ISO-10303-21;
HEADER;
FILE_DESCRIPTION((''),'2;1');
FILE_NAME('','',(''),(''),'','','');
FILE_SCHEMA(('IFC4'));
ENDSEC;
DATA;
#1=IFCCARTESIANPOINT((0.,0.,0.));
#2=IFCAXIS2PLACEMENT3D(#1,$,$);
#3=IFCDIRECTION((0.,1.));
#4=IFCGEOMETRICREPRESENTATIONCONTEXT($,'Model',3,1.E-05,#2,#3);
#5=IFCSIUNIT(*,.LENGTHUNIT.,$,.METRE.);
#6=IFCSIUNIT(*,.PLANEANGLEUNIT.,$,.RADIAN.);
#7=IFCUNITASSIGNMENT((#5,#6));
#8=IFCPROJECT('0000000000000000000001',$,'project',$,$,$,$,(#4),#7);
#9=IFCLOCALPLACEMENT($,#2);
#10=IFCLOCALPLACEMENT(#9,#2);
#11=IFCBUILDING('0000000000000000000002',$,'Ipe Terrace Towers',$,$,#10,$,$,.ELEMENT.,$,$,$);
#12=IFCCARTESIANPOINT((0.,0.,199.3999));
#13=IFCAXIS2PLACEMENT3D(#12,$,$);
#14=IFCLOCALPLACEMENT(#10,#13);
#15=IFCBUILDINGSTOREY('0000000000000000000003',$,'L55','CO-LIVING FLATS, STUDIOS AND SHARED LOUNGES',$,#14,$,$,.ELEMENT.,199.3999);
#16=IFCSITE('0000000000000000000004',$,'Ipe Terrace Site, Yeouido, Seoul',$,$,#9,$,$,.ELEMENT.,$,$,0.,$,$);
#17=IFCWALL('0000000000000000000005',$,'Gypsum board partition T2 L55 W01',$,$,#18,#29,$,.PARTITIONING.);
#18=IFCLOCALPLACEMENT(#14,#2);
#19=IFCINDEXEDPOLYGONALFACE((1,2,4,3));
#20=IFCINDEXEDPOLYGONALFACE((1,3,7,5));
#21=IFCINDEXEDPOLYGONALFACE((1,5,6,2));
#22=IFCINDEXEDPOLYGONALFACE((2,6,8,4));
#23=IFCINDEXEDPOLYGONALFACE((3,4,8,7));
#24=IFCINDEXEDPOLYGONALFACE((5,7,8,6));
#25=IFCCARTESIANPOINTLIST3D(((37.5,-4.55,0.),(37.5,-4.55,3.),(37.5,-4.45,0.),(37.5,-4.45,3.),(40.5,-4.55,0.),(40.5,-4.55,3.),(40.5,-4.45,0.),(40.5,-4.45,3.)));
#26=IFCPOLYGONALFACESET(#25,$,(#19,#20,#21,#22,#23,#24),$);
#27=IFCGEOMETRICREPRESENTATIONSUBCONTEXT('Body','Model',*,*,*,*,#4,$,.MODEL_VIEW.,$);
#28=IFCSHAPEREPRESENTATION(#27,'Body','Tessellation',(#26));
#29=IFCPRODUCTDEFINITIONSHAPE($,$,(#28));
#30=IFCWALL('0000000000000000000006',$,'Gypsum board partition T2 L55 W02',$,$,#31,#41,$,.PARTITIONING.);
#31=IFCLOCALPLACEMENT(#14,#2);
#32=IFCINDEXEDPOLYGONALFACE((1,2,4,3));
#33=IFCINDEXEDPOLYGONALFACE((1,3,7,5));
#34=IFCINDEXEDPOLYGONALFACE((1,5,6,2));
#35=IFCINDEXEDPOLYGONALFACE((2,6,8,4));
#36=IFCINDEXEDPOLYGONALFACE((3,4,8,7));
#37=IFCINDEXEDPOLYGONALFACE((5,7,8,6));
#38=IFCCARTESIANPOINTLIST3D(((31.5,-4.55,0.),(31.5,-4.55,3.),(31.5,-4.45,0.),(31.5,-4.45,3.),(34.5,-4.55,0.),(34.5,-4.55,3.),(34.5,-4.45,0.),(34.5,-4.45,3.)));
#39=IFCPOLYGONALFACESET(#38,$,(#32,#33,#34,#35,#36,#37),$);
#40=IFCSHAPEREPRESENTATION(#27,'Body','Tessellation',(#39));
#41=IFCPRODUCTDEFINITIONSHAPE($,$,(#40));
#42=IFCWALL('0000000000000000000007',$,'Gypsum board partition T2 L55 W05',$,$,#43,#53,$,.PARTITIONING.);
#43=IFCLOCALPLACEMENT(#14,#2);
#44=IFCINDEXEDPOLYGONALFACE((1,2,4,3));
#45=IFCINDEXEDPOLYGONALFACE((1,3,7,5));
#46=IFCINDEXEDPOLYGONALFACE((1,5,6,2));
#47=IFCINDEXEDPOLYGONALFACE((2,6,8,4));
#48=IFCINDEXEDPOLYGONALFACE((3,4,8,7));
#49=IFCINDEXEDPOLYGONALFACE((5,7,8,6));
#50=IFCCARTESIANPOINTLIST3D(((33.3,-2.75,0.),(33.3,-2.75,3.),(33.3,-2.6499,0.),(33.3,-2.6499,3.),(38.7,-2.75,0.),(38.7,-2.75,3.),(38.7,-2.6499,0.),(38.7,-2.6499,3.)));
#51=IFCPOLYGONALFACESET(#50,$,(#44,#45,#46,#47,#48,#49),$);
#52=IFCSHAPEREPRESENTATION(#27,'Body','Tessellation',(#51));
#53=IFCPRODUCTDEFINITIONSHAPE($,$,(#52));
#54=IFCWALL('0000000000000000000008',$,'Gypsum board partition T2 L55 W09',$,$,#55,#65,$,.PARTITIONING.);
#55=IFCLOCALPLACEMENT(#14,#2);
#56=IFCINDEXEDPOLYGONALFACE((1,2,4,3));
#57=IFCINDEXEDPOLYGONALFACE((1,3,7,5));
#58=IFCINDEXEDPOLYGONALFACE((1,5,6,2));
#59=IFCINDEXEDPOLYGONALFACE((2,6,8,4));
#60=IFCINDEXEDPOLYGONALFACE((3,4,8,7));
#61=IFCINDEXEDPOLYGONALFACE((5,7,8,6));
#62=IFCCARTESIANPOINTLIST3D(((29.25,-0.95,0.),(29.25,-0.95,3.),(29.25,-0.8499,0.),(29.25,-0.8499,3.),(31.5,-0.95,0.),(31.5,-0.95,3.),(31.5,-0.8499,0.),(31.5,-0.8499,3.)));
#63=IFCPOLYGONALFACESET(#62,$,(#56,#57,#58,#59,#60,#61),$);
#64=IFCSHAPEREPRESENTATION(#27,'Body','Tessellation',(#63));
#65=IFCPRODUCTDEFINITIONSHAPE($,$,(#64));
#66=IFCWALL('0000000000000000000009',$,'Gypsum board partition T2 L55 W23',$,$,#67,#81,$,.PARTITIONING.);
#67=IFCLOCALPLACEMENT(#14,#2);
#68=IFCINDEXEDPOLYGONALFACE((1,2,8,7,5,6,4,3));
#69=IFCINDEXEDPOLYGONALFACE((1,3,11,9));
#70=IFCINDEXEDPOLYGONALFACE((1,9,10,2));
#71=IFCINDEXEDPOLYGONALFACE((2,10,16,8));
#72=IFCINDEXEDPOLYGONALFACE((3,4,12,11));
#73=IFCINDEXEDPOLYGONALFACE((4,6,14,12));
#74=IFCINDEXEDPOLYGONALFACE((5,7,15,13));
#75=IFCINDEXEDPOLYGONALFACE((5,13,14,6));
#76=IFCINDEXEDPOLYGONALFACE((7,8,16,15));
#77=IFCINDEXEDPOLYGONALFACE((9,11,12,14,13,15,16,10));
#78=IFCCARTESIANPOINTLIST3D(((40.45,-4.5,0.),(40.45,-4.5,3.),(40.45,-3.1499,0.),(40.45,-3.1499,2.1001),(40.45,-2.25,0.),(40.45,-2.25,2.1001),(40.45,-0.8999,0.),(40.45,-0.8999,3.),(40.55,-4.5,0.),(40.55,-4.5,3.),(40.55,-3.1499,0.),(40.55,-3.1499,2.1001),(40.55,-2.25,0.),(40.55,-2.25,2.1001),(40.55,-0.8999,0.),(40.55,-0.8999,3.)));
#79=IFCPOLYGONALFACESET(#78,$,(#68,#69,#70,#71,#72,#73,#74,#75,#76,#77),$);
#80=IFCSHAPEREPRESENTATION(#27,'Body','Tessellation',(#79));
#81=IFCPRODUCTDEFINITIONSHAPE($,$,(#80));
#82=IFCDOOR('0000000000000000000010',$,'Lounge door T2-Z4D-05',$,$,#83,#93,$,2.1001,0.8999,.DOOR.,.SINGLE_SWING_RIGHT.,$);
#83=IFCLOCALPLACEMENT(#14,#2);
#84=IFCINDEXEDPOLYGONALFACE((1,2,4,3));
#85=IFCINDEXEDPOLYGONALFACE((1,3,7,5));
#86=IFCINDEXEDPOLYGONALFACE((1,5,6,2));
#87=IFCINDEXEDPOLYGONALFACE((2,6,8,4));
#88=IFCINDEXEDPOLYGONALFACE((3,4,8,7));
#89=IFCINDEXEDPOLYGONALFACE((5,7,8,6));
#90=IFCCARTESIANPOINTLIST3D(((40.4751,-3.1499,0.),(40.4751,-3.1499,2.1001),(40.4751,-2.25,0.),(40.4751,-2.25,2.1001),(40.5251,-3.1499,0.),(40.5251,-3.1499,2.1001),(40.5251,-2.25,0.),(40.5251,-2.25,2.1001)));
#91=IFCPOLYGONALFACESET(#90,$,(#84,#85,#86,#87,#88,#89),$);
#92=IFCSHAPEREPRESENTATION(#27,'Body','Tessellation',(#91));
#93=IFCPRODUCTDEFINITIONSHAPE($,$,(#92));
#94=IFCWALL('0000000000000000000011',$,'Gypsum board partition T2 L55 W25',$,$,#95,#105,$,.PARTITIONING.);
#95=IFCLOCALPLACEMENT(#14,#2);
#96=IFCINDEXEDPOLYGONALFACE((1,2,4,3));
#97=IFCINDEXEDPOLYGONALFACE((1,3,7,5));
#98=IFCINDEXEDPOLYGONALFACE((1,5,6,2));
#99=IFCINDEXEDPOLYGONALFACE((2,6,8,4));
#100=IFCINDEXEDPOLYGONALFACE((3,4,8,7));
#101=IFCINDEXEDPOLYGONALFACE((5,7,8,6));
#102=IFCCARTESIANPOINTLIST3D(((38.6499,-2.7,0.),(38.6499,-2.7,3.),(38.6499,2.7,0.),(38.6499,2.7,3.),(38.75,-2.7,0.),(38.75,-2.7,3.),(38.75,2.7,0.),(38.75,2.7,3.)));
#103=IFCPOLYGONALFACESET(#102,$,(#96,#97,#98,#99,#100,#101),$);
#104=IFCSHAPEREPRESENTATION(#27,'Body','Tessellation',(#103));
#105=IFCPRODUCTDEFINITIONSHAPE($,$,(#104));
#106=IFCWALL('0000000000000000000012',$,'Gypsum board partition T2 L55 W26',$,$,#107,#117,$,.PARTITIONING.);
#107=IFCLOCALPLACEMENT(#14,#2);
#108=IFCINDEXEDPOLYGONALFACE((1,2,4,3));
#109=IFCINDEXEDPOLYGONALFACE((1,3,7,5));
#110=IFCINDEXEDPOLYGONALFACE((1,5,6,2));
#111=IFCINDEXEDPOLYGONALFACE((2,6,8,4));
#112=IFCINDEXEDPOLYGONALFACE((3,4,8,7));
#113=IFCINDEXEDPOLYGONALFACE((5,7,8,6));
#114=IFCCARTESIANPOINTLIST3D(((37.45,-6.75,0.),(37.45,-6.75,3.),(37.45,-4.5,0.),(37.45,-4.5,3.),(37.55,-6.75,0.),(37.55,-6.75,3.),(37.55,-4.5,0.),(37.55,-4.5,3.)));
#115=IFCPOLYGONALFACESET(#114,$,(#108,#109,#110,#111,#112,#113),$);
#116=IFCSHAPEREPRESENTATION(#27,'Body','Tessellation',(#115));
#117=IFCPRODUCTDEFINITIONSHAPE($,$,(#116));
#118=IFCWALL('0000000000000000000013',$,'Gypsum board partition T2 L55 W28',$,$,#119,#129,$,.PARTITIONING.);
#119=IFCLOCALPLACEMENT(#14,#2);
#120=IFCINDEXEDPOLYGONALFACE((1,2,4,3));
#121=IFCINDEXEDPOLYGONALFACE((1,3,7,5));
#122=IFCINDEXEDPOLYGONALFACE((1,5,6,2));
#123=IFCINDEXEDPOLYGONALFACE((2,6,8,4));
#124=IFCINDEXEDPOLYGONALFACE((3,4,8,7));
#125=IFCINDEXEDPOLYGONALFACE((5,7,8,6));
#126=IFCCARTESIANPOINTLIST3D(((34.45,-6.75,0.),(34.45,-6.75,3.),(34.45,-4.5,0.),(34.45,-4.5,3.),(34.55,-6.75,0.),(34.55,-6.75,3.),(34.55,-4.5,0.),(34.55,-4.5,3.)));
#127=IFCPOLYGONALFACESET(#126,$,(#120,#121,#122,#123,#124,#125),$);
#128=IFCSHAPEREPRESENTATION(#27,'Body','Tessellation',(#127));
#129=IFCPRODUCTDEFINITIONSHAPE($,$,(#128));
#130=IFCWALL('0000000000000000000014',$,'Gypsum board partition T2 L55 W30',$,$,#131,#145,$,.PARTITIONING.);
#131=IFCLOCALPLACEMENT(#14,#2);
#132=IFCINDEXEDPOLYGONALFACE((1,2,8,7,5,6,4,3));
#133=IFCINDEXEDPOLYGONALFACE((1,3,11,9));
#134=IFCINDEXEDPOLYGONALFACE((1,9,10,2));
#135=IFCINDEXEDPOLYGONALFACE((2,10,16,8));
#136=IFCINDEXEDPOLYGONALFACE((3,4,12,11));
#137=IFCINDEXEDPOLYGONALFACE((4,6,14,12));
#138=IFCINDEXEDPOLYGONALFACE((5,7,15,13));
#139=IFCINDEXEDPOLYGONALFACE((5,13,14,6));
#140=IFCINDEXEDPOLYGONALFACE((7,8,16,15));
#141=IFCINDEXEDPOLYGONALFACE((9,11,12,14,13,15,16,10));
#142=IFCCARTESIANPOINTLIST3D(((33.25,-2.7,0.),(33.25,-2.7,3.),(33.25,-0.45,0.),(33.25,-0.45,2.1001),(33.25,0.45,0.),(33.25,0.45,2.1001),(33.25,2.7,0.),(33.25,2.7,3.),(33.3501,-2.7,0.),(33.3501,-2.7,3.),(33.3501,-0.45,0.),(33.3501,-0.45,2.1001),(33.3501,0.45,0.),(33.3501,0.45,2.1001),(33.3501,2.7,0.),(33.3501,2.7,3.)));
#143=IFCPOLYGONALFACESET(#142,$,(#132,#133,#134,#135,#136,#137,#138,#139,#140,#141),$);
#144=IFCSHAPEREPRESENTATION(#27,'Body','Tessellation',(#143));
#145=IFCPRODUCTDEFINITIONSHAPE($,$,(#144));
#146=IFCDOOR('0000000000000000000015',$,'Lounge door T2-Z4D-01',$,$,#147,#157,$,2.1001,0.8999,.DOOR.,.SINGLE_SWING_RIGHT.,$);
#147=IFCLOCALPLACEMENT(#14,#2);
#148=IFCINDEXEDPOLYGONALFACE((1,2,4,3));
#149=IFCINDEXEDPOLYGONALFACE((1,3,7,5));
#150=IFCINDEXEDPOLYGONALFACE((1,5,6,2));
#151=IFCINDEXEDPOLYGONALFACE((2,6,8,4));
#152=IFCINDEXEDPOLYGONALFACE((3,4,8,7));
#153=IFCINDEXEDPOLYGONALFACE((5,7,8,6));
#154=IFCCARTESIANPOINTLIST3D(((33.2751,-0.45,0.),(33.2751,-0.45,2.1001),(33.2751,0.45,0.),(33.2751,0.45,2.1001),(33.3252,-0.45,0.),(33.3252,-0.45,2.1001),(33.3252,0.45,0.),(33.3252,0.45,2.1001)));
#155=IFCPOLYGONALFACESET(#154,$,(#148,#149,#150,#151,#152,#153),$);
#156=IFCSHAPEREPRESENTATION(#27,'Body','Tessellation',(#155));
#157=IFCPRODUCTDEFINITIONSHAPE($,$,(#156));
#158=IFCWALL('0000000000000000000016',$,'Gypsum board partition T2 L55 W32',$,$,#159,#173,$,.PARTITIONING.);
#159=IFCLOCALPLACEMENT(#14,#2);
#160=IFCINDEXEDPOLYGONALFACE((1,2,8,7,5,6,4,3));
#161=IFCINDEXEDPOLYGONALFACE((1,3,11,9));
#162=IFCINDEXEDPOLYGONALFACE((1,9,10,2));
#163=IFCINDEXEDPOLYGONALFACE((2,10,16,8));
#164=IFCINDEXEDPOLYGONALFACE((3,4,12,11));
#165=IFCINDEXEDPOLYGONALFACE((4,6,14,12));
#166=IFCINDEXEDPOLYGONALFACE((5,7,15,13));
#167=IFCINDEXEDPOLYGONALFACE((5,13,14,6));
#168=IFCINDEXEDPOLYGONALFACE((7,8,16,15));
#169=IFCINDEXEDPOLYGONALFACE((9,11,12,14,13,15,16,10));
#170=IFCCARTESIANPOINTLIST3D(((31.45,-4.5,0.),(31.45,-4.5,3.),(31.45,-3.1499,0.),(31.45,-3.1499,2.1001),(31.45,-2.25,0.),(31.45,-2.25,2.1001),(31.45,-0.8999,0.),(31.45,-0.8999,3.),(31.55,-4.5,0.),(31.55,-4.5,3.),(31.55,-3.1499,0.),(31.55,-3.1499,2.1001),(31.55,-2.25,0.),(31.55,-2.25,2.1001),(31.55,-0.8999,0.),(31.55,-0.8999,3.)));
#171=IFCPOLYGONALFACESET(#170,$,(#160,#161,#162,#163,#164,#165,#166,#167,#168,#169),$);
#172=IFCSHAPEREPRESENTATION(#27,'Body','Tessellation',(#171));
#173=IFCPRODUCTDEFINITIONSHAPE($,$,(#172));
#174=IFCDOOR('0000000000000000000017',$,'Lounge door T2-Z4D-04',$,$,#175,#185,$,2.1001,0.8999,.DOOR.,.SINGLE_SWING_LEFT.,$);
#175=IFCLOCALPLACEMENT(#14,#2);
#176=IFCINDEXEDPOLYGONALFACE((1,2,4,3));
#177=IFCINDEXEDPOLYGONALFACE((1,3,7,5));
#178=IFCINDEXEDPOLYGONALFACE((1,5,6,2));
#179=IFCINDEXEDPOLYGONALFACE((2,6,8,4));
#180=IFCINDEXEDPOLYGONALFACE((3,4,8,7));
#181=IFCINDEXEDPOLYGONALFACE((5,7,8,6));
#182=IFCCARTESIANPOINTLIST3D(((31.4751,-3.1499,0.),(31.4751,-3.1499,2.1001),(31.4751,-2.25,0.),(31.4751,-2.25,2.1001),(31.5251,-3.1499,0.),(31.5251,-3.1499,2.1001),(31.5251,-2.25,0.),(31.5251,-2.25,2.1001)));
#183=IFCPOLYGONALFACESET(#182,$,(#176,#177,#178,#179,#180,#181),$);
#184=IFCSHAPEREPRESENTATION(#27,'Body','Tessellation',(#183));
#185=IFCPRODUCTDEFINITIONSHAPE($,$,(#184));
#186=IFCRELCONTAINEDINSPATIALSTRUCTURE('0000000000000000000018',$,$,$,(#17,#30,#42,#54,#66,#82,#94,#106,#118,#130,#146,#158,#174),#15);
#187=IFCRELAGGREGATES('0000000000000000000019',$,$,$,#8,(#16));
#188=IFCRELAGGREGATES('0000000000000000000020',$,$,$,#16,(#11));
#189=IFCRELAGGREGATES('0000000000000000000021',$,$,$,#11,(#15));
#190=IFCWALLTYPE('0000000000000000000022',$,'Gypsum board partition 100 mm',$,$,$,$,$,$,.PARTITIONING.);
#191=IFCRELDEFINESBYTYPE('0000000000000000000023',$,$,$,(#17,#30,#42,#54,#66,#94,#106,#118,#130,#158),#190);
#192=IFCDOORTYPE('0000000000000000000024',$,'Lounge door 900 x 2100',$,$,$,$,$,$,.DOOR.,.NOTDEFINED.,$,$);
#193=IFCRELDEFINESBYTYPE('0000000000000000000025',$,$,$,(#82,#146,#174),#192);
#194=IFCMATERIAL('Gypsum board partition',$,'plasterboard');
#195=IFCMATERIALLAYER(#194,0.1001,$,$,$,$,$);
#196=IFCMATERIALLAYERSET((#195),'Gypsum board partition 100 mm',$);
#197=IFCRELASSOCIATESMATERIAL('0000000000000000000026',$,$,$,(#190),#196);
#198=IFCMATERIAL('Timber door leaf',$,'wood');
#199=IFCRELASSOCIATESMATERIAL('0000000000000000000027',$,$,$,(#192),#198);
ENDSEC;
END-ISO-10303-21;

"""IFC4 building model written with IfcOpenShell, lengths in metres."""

from ifc_helpers import new_model, si_unit, direction, frame, frame_2d, origin, place, context, subcontext, project, spatial, rectangle, extrude, material, layer, layer_set, type_object, element, fill, save


model = new_model("IFC4")

# Units and contexts
model_context = context("Model", 3, precision=1e-05, world=origin(), true_north=direction((0.0, 1.0)))
body_context = subcontext(model_context, "Body", "Model", "MODEL_VIEW")
ifc_project = project(units=[si_unit("LENGTHUNIT", "METRE"), si_unit("PLANEANGLEUNIT", "RADIAN")], contexts=[model_context])

# Site, building, storey
site_placement = place(None, origin())
site = spatial("IfcSite", under=ifc_project, at=site_placement, Name="Ipe Terrace Site, Yeouido, Seoul", CompositionType="ELEMENT", RefElevation=0.0)
building_placement = place(site_placement, origin())
building = spatial("IfcBuilding", under=site, at=building_placement, Name="Ipe Terrace Towers", CompositionType="ELEMENT")
storey_placement = place(building_placement, frame((0.0, 0.0, 199.3999)))
storey = spatial("IfcBuildingStorey", under=building, at=storey_placement, Name="L55", Description="CO-LIVING FLATS, STUDIOS AND SHARED LOUNGES", CompositionType="ELEMENT", Elevation=199.3999)

# Walls
ifc_material_1 = material(Name="Gypsum board partition", Category="plasterboard")
ifc_layer_1 = layer(ifc_material_1, 0.1001)
ifc_layer_set_1 = layer_set([ifc_layer_1], Name="Gypsum board partition 100 mm")
wall_type_1 = type_object("IfcWallType", Name="Gypsum board partition 100 mm", PredefinedType="PARTITIONING", material=ifc_layer_set_1)
for number, where, z_axis, x_axis, name in (
    (1, (40.5, -4.5, 0.0), (0.0, 0.0, 1.0), (-1.0, 0.0, 0.0), "Gypsum board partition T2 L55 W01"),
    (2, (34.5, -4.5, 0.0), (0.0, 0.0, 1.0), (-1.0, 0.0, 0.0), "Gypsum board partition T2 L55 W02"),
):
    element("IfcWall", number, at=place(storey_placement, frame(where, z_axis=z_axis, x_axis=x_axis)), inside=storey, type_object=wall_type_1, Name=name, PredefinedType="PARTITIONING", context=body_context, shape_type="SweptSolid", body=[
        extrude(rectangle(XDim=3.0, YDim=0.1001, at=frame_2d((1.5, 0.0))), origin(), (0.0, 0.0, 1.0), 3.0),
    ])
wall_1_placement = place(storey_placement, frame((38.7, -2.7, 0.0), z_axis=(0.0, 0.0, 1.0), x_axis=(-1.0, 0.0, 0.0)))
element("IfcWall", 3, at=wall_1_placement, inside=storey, type_object=wall_type_1, Name="Gypsum board partition T2 L55 W05", PredefinedType="PARTITIONING", context=body_context, shape_type="SweptSolid", body=[
    extrude(rectangle(XDim=5.3999, YDim=0.1001, at=frame_2d((2.7, 0.0))), origin(), (0.0, 0.0, 1.0), 3.0),
])
wall_2_placement = place(storey_placement, frame((31.5, -0.8999, 0.0), z_axis=(0.0, 0.0, 1.0), x_axis=(-1.0, 0.0, 0.0)))
element("IfcWall", 4, at=wall_2_placement, inside=storey, type_object=wall_type_1, Name="Gypsum board partition T2 L55 W09", PredefinedType="PARTITIONING", context=body_context, shape_type="SweptSolid", body=[
    extrude(rectangle(XDim=2.25, YDim=0.1001, at=frame_2d((1.125, 0.0))), origin(), (0.0, 0.0, 1.0), 3.0),
])

# Wall, opening, door
wall_3_placement = place(storey_placement, frame((40.5, -4.5, 0.0), z_axis=(0.0, 0.0, 1.0), x_axis=(0.0, 1.0, 0.0)))
wall_3 = element("IfcWall", 5, at=wall_3_placement, inside=storey, type_object=wall_type_1, Name="Gypsum board partition T2 L55 W23", PredefinedType="PARTITIONING", context=body_context, shape_type="SweptSolid", body=[
    extrude(rectangle(XDim=3.6001, YDim=0.1001, at=frame_2d((1.8, 0.0))), origin(), (0.0, 0.0, 1.0), 3.0),
])
opening_1_placement = place(wall_3_placement, frame((1.3501, 0.0, 0.0)))
opening_1 = element("IfcOpeningElement", 6, at=opening_1_placement, cuts=wall_3, PredefinedType="OPENING", context=body_context, shape_type="SweptSolid", body=[
    extrude(rectangle(XDim=0.8999, YDim=2.1001, at=frame_2d((0.45, 1.05))), frame((0.0, 0.0601, 0.0), z_axis=(0.0, -1.0, 0.0), x_axis=(1.0, 0.0, 0.0)), (0.0, 0.0, 1.0), 0.1201),
])
ifc_material_2 = material(Name="Timber door leaf", Category="wood")
door_type_1 = type_object("IfcDoorType", Name="Lounge door 900 x 2100", OperationType="NOTDEFINED", PredefinedType="DOOR", material=ifc_material_2)
door_1_placement = place(opening_1_placement, origin())
door_1 = element("IfcDoor", 7, at=door_1_placement, inside=storey, type_object=door_type_1, Name="Lounge door T2-Z4D-05", OperationType="SINGLE_SWING_RIGHT", OverallHeight=2.1001, OverallWidth=0.8999, PredefinedType="DOOR", context=body_context, shape_type="SweptSolid", body=[
    extrude(rectangle(XDim=0.8999, YDim=2.1001, at=frame_2d((0.45, 1.05))), frame((0.0, 0.0249, 0.0), z_axis=(0.0, -1.0, 0.0), x_axis=(1.0, 0.0, 0.0)), (0.0, 0.0, 1.0), 0.05),
])
fill(opening_1, door_1)

# Walls
wall_4_placement = place(storey_placement, frame((38.7, -2.7, 0.0), z_axis=(0.0, 0.0, 1.0), x_axis=(0.0, 1.0, 0.0)))
element("IfcWall", 8, at=wall_4_placement, inside=storey, type_object=wall_type_1, Name="Gypsum board partition T2 L55 W25", PredefinedType="PARTITIONING", context=body_context, shape_type="SweptSolid", body=[
    extrude(rectangle(XDim=5.3999, YDim=0.1001, at=frame_2d((2.7, 0.0))), origin(), (0.0, 0.0, 1.0), 3.0),
])
for number, where, z_axis, x_axis, name in (
    (9, (37.5, -6.75, 0.0), (0.0, 0.0, 1.0), (0.0, 1.0, 0.0), "Gypsum board partition T2 L55 W26"),
    (10, (34.5, -6.75, 0.0), (0.0, 0.0, 1.0), (0.0, 1.0, 0.0), "Gypsum board partition T2 L55 W28"),
):
    element("IfcWall", number, at=place(storey_placement, frame(where, z_axis=z_axis, x_axis=x_axis)), inside=storey, type_object=wall_type_1, Name=name, PredefinedType="PARTITIONING", context=body_context, shape_type="SweptSolid", body=[
        extrude(rectangle(XDim=2.25, YDim=0.1001, at=frame_2d((1.125, 0.0))), origin(), (0.0, 0.0, 1.0), 3.0),
    ])

# Walls, openings, doors
wall_5_placement = place(storey_placement, frame((33.3, -2.7, 0.0), z_axis=(0.0, 0.0, 1.0), x_axis=(0.0, 1.0, 0.0)))
wall_5 = element("IfcWall", 11, at=wall_5_placement, inside=storey, type_object=wall_type_1, Name="Gypsum board partition T2 L55 W30", PredefinedType="PARTITIONING", context=body_context, shape_type="SweptSolid", body=[
    extrude(rectangle(XDim=5.3999, YDim=0.1001, at=frame_2d((2.7, 0.0))), origin(), (0.0, 0.0, 1.0), 3.0),
])
opening_2_placement = place(wall_5_placement, frame((2.25, 0.0, 0.0)))
opening_2 = element("IfcOpeningElement", 12, at=opening_2_placement, cuts=wall_5, PredefinedType="OPENING", context=body_context, shape_type="SweptSolid", body=[
    extrude(rectangle(XDim=0.8999, YDim=2.1001, at=frame_2d((0.45, 1.05))), frame((0.0, 0.0601, 0.0), z_axis=(0.0, -1.0, 0.0), x_axis=(1.0, 0.0, 0.0)), (0.0, 0.0, 1.0), 0.1201),
])
door_2_placement = place(opening_2_placement, origin())
door_2 = element("IfcDoor", 13, at=door_2_placement, inside=storey, type_object=door_type_1, Name="Lounge door T2-Z4D-01", OperationType="SINGLE_SWING_RIGHT", OverallHeight=2.1001, OverallWidth=0.8999, PredefinedType="DOOR", context=body_context, shape_type="SweptSolid", body=[
    extrude(rectangle(XDim=0.8999, YDim=2.1001, at=frame_2d((0.45, 1.05))), frame((0.0, 0.0249, 0.0), z_axis=(0.0, -1.0, 0.0), x_axis=(1.0, 0.0, 0.0)), (0.0, 0.0, 1.0), 0.05),
])
fill(opening_2, door_2)
wall_6_placement = place(storey_placement, frame((31.5, -4.5, 0.0), z_axis=(0.0, 0.0, 1.0), x_axis=(0.0, 1.0, 0.0)))
wall_6 = element("IfcWall", 14, at=wall_6_placement, inside=storey, type_object=wall_type_1, Name="Gypsum board partition T2 L55 W32", PredefinedType="PARTITIONING", context=body_context, shape_type="SweptSolid", body=[
    extrude(rectangle(XDim=3.6001, YDim=0.1001, at=frame_2d((1.8, 0.0))), origin(), (0.0, 0.0, 1.0), 3.0),
])
opening_3_placement = place(wall_6_placement, frame((1.3501, 0.0, 0.0)))
opening_3 = element("IfcOpeningElement", 15, at=opening_3_placement, cuts=wall_6, PredefinedType="OPENING", context=body_context, shape_type="SweptSolid", body=[
    extrude(rectangle(XDim=0.8999, YDim=2.1001, at=frame_2d((0.45, 1.05))), frame((0.0, 0.0601, 0.0), z_axis=(0.0, -1.0, 0.0), x_axis=(1.0, 0.0, 0.0)), (0.0, 0.0, 1.0), 0.1201),
])
door_3_placement = place(opening_3_placement, origin())
door_3 = element("IfcDoor", 16, at=door_3_placement, inside=storey, type_object=door_type_1, Name="Lounge door T2-Z4D-04", OperationType="SINGLE_SWING_LEFT", OverallHeight=2.1001, OverallWidth=0.8999, PredefinedType="DOOR", context=body_context, shape_type="SweptSolid", body=[
    extrude(rectangle(XDim=0.8999, YDim=2.1001, at=frame_2d((0.45, 1.05))), frame((0.0, 0.0249, 0.0), z_axis=(0.0, -1.0, 0.0), x_axis=(1.0, 0.0, 0.0)), (0.0, 0.0, 1.0), 0.05),
])
fill(opening_3, door_3)

save(model, "model.ifc")
